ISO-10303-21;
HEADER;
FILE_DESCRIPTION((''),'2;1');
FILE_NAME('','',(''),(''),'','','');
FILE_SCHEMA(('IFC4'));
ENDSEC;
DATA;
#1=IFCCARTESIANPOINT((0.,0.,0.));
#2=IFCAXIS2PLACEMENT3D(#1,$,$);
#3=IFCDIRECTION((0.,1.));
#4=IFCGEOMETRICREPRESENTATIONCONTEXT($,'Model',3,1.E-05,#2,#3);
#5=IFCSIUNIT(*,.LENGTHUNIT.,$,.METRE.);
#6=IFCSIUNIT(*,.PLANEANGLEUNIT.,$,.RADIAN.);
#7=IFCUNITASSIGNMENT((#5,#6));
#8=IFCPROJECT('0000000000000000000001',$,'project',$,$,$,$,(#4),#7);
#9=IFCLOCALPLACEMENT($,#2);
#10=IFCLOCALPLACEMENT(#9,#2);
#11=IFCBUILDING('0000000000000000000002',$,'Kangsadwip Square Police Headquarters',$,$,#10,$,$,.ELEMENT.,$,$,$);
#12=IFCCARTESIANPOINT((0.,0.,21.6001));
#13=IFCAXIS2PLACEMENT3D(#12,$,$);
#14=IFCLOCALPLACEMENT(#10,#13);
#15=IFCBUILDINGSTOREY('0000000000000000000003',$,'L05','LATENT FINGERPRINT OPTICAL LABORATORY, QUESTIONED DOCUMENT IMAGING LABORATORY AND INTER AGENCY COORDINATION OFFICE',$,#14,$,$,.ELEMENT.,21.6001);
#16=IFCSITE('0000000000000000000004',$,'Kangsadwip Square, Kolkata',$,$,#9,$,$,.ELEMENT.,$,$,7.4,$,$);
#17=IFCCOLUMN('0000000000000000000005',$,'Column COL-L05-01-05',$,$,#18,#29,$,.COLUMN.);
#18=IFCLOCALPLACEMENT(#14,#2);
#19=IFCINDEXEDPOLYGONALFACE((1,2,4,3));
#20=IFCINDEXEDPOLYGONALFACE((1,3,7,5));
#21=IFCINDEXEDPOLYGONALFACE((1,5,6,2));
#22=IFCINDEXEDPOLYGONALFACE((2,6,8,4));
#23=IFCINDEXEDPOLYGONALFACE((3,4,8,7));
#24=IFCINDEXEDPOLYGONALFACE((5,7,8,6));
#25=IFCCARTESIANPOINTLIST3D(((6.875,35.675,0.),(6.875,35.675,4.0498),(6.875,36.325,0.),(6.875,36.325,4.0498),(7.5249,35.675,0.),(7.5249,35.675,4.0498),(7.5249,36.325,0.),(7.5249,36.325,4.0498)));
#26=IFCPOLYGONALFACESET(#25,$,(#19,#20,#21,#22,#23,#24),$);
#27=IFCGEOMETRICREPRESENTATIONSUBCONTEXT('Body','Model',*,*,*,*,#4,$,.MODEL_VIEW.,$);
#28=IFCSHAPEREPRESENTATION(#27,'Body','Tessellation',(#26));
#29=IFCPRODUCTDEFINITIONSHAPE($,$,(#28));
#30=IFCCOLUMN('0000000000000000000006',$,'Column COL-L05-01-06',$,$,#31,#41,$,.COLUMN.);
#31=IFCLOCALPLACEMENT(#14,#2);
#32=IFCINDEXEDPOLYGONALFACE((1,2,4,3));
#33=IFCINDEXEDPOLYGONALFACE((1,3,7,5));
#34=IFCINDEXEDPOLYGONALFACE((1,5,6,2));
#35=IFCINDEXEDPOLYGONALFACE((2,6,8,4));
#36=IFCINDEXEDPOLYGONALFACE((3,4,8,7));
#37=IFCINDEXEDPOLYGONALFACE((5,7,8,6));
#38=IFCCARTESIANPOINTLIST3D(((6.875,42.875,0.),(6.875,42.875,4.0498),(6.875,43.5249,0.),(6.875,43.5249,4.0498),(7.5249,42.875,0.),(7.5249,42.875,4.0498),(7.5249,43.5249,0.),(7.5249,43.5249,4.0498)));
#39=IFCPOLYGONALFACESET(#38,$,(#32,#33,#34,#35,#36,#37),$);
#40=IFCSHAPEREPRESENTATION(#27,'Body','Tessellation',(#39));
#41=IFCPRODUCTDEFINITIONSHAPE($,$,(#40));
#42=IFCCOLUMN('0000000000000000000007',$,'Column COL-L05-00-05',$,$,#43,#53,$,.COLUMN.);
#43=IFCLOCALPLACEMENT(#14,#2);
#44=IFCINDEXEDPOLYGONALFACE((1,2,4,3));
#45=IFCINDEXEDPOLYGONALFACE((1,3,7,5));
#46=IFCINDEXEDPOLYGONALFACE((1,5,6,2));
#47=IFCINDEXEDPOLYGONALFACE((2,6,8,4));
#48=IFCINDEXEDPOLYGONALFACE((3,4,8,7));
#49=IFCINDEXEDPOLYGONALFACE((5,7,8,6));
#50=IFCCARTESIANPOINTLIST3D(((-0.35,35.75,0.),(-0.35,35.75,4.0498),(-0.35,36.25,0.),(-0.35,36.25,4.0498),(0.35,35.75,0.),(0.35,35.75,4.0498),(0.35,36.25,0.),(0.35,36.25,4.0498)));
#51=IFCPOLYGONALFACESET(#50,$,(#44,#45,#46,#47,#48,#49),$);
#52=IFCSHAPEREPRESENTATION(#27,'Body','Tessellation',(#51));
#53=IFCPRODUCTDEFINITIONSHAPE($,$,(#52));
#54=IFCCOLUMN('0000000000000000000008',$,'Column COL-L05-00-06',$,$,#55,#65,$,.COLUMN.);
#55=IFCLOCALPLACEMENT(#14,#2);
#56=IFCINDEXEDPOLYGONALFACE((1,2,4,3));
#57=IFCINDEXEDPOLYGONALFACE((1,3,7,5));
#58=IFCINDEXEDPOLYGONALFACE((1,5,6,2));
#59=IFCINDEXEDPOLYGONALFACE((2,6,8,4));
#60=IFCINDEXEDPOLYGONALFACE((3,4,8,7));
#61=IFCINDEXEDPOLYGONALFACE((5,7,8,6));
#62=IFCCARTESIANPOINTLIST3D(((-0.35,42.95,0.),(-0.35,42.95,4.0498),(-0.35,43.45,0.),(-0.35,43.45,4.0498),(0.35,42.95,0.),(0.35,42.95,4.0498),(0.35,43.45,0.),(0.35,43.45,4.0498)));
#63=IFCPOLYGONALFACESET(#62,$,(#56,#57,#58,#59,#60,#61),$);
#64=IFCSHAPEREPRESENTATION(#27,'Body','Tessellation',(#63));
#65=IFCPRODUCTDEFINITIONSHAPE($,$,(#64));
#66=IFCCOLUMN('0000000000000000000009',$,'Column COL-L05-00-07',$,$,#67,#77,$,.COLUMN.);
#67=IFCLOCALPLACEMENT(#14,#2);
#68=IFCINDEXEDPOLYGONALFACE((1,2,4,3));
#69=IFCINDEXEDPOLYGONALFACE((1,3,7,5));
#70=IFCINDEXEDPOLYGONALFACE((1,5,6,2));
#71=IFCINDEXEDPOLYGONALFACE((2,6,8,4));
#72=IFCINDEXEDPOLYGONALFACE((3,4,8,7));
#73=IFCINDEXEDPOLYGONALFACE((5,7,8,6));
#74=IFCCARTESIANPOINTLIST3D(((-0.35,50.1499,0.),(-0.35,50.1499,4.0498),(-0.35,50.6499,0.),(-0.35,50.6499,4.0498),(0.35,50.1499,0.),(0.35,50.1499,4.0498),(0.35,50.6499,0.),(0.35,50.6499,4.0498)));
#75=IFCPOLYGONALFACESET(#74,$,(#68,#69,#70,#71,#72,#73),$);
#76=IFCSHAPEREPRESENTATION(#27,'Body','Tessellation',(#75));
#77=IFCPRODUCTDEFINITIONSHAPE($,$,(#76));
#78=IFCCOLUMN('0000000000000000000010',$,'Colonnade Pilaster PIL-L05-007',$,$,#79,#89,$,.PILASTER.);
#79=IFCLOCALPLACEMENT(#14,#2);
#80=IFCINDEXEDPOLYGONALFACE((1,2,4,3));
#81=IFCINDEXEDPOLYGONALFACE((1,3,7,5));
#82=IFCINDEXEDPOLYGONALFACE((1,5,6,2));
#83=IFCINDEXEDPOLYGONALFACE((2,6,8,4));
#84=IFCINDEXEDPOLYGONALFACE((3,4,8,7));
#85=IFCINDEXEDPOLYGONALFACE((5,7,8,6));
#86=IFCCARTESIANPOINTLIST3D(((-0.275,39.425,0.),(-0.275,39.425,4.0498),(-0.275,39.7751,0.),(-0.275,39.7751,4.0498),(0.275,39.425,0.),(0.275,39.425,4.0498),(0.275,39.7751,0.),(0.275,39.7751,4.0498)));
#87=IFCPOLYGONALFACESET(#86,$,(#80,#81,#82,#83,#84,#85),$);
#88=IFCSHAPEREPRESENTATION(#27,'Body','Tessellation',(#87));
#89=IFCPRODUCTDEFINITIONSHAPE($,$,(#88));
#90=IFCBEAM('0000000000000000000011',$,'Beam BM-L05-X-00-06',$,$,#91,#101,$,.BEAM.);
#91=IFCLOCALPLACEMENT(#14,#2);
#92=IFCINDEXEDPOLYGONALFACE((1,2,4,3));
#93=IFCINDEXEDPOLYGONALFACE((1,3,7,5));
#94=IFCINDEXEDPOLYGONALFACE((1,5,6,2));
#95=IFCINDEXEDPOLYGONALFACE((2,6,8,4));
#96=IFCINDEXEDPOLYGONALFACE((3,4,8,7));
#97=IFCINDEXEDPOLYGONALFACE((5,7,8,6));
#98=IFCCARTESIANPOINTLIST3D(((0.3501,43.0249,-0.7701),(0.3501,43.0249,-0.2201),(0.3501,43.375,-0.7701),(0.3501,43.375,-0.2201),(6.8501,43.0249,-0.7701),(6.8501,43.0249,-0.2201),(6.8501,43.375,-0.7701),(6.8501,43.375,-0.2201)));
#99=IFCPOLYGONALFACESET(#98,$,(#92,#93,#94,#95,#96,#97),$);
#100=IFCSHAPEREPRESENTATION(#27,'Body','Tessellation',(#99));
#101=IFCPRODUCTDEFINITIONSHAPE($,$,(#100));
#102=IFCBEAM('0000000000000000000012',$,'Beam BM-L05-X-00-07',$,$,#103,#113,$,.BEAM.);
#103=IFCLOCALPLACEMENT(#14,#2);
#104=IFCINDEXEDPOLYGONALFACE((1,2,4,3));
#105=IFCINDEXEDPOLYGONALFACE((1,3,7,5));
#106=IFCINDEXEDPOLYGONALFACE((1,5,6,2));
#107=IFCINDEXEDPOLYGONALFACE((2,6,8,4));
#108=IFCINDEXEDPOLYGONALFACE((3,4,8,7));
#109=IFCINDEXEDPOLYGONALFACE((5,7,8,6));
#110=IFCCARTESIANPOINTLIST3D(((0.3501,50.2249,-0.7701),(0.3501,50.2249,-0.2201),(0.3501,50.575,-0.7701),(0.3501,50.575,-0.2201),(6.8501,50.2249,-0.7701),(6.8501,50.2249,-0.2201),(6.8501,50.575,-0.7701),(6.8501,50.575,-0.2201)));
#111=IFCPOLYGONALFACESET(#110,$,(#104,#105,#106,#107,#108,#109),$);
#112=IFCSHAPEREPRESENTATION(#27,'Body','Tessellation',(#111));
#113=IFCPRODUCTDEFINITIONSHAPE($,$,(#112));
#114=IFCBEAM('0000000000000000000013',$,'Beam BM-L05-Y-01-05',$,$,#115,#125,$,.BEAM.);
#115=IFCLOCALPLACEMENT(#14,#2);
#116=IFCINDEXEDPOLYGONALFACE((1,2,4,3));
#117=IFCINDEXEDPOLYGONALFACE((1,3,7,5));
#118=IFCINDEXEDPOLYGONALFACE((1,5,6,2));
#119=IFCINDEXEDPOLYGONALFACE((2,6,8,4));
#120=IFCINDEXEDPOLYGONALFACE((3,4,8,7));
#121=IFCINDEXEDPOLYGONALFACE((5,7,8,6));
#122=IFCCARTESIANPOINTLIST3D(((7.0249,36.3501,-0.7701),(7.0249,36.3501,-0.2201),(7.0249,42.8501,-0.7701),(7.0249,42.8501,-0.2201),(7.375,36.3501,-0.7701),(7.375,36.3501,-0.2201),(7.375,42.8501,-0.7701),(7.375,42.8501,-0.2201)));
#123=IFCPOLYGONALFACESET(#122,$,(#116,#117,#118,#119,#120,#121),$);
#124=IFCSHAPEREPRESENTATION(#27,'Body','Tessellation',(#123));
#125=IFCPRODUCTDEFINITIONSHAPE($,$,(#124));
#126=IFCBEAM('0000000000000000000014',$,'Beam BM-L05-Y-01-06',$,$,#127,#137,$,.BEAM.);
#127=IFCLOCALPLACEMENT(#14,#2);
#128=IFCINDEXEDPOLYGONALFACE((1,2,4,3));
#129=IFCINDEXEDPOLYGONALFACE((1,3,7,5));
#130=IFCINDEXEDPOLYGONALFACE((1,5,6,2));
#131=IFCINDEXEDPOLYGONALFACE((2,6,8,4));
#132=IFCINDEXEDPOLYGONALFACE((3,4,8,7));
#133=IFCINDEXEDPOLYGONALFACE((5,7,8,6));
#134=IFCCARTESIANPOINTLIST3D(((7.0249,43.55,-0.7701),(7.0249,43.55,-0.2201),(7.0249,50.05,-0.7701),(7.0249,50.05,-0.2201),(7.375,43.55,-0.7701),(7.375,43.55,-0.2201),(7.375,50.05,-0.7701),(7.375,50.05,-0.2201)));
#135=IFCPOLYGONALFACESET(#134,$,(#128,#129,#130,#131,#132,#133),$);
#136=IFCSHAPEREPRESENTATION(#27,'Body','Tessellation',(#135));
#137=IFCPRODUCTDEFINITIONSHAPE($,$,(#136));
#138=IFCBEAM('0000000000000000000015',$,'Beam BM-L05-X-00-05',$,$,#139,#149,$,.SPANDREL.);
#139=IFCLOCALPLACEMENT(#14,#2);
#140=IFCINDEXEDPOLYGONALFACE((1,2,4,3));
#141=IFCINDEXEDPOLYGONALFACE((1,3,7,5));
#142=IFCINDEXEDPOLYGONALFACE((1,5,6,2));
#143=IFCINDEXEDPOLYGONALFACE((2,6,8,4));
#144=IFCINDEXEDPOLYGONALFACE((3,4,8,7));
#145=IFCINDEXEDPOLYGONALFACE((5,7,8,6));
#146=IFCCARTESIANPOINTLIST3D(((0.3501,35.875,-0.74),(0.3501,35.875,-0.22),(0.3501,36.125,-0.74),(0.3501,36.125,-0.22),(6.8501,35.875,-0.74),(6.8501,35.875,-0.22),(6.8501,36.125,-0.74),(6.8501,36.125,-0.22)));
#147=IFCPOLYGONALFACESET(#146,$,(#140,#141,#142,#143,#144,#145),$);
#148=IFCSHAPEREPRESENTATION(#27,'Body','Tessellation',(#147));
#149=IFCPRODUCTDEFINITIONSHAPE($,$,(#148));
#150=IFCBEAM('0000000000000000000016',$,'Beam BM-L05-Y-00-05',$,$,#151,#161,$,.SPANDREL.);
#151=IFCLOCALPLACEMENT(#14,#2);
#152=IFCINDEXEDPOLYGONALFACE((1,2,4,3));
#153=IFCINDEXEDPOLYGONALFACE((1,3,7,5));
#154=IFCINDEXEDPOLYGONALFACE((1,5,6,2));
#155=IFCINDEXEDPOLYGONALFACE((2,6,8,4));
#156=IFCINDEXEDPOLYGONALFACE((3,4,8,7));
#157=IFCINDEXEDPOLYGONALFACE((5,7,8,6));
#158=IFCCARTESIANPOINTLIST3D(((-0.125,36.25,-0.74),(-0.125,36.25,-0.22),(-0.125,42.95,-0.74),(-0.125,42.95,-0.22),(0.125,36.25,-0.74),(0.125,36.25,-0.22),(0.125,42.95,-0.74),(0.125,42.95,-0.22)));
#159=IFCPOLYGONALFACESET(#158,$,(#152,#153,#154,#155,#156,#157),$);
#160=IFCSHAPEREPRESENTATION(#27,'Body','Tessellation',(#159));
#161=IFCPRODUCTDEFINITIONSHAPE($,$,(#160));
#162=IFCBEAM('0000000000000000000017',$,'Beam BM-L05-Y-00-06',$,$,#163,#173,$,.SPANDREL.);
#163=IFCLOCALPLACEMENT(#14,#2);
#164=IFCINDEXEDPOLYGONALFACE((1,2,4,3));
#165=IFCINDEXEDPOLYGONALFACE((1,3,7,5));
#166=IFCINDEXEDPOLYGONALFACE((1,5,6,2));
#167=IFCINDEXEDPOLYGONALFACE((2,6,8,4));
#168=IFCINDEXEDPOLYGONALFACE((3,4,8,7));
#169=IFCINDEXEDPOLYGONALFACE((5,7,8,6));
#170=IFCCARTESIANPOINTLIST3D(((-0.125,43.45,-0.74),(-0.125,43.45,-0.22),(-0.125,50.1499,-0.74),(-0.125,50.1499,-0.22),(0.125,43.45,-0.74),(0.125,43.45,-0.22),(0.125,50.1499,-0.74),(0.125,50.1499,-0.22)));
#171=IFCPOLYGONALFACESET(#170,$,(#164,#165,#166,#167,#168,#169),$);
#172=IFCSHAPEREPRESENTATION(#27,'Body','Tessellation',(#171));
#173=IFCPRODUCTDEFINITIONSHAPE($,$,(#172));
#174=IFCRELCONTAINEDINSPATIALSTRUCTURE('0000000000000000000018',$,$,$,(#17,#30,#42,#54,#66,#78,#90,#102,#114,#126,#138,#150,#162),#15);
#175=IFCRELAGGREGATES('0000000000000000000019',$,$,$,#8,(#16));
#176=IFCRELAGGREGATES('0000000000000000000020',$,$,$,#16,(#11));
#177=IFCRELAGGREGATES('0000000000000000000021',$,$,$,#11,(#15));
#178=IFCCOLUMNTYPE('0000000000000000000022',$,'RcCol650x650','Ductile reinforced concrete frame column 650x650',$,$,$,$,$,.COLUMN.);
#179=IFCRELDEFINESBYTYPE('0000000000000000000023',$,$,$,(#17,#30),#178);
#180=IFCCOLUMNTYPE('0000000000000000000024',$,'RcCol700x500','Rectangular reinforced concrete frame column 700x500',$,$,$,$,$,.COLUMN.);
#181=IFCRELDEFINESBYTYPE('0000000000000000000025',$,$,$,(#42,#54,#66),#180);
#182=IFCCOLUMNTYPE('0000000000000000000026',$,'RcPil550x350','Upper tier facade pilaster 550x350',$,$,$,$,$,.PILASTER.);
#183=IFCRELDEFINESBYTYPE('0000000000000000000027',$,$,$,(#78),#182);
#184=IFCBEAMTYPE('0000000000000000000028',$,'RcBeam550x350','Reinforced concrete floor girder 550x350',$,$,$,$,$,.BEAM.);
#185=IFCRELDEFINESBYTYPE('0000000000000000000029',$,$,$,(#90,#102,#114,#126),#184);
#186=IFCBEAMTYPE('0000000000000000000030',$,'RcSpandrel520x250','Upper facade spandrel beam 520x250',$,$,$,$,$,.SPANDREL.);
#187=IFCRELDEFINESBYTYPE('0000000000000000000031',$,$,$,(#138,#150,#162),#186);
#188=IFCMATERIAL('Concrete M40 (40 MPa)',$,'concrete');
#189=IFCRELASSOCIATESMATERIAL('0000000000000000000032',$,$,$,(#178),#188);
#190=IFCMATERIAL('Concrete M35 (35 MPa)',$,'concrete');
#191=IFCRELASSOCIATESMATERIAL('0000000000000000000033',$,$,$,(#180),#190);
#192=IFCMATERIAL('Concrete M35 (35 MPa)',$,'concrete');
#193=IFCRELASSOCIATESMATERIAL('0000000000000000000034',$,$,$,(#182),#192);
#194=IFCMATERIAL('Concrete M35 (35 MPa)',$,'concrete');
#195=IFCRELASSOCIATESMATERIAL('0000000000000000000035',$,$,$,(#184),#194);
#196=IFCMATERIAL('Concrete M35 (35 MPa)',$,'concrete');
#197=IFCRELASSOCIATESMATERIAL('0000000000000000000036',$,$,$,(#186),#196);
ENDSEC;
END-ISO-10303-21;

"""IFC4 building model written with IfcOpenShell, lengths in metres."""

from ifc_helpers import new_model, si_unit, direction, frame, origin, origin_2d, place, context, subcontext, project, spatial, rectangle, extrude, material, material_profile, profile_set, type_object, element, save


model = new_model("IFC4")

# Units and contexts
model_context = context("Model", 3, precision=1e-05, world=origin(), true_north=direction((0.0, 1.0)))
body_context = subcontext(model_context, "Body", "Model", "MODEL_VIEW")
ifc_project = project(units=[si_unit("LENGTHUNIT", "METRE"), si_unit("PLANEANGLEUNIT", "RADIAN")], contexts=[model_context])

# Site, building, storey
site_placement = place(None, origin())
site = spatial("IfcSite", under=ifc_project, at=site_placement, Name="Kangsadwip Square, Kolkata", CompositionType="ELEMENT", RefElevation=7.4)
building_placement = place(site_placement, origin())
building = spatial("IfcBuilding", under=site, at=building_placement, Name="Kangsadwip Square Police Headquarters", CompositionType="ELEMENT")
storey_placement = place(building_placement, frame((0.0, 0.0, 21.6001)))
storey = spatial("IfcBuildingStorey", under=building, at=storey_placement, Name="L05", Description="LATENT FINGERPRINT OPTICAL LABORATORY, QUESTIONED DOCUMENT IMAGING LABORATORY AND INTER AGENCY COORDINATION OFFICE", CompositionType="ELEMENT", Elevation=21.6001)

# Columns
ifc_material_1 = material(Name="Concrete M40 (40 MPa)", Category="concrete")
ifc_material_profile_1 = material_profile(ifc_material_1, rectangle(XDim=0.6499, YDim=0.6499, at=origin_2d()), Name="RC COL 650X650")
ifc_profile_set_1 = profile_set([ifc_material_profile_1], Name="Concrete M40 (40 MPa)")
column_type_1 = type_object("IfcColumnType", Name="RcCol650x650", Description="Ductile reinforced concrete frame column 650x650", PredefinedType="COLUMN", material=ifc_profile_set_1)
for number, where, z_axis, x_axis, name in (
    (1, (7.2, 36.0, 0.0), (0.0, 0.0, 1.0), (1.0, 0.0, 0.0), "Column COL-L05-01-05"),
    (2, (7.2, 43.2, 0.0), (0.0, 0.0, 1.0), (1.0, 0.0, 0.0), "Column COL-L05-01-06"),
):
    element("IfcColumn", number, at=place(storey_placement, frame(where, z_axis=z_axis, x_axis=x_axis)), inside=storey, type_object=column_type_1, Name=name, PredefinedType="COLUMN", context=body_context, shape_type="SweptSolid", body=[
        extrude(rectangle(XDim=0.6499, YDim=0.6499, at=origin_2d()), origin(), (0.0, 0.0, 1.0), 4.0498),
    ])
ifc_material_2 = material(Name="Concrete M35 (35 MPa)", Category="concrete")
ifc_material_profile_2 = material_profile(ifc_material_2, rectangle(XDim=0.5, YDim=0.7, at=origin_2d()), Name="RC COL 700X500")
ifc_profile_set_2 = profile_set([ifc_material_profile_2], Name="Concrete M35 (35 MPa)")
column_type_2 = type_object("IfcColumnType", Name="RcCol700x500", Description="Rectangular reinforced concrete frame column 700x500", PredefinedType="COLUMN", material=ifc_profile_set_2)
for number, where, z_axis, x_axis, name in (
    (3, (0.0, 36.0, 0.0), (0.0, 0.0, 1.0), (0.0, 1.0, 0.0), "Column COL-L05-00-05"),
    (4, (0.0, 43.2, 0.0), (0.0, 0.0, 1.0), (0.0, 1.0, 0.0), "Column COL-L05-00-06"),
    (5, (0.0, 50.3999, 0.0), (0.0, 0.0, 1.0), (0.0, 1.0, 0.0), "Column COL-L05-00-07"),
):
    element("IfcColumn", number, at=place(storey_placement, frame(where, z_axis=z_axis, x_axis=x_axis)), inside=storey, type_object=column_type_2, Name=name, PredefinedType="COLUMN", context=body_context, shape_type="SweptSolid", body=[
        extrude(rectangle(XDim=0.5, YDim=0.7, at=origin_2d()), origin(), (0.0, 0.0, 1.0), 4.0498),
    ])
ifc_material_3 = material(Name="Concrete M35 (35 MPa)", Category="concrete")
ifc_material_profile_3 = material_profile(ifc_material_3, rectangle(XDim=0.3501, YDim=0.55, at=origin_2d()), Name="RC PIL 550X350")
ifc_profile_set_3 = profile_set([ifc_material_profile_3], Name="Concrete M35 (35 MPa)")
column_type_3 = type_object("IfcColumnType", Name="RcPil550x350", Description="Upper tier facade pilaster 550x350", PredefinedType="PILASTER", material=ifc_profile_set_3)
column_placement = place(storey_placement, frame((0.0, 39.6001, 0.0), z_axis=(0.0, 0.0, 1.0), x_axis=(0.0, 1.0, 0.0)))
element("IfcColumn", 6, at=column_placement, inside=storey, type_object=column_type_3, Name="Colonnade Pilaster PIL-L05-007", PredefinedType="PILASTER", context=body_context, shape_type="SweptSolid", body=[
    extrude(rectangle(XDim=0.3501, YDim=0.55, at=origin_2d()), origin(), (0.0, 0.0, 1.0), 4.0498),
])

# Beams
ifc_material_4 = material(Name="Concrete M35 (35 MPa)", Category="concrete")
ifc_material_profile_4 = material_profile(ifc_material_4, rectangle(XDim=0.3501, YDim=0.55, at=origin_2d()), Name="RC BM 550X350")
ifc_profile_set_4 = profile_set([ifc_material_profile_4], Name="Concrete M35 (35 MPa)")
beam_type_1 = type_object("IfcBeamType", Name="RcBeam550x350", Description="Reinforced concrete floor girder 550x350", PredefinedType="BEAM", material=ifc_profile_set_4)
for number, where, z_axis, x_axis, name in (
    (7, (0.3501, 43.2, -0.4951), (1.0, 0.0, 0.0), (0.0, 1.0, 0.0), "Beam BM-L05-X-00-06"),
    (8, (0.3501, 50.3999, -0.4951), (1.0, 0.0, 0.0), (0.0, 1.0, 0.0), "Beam BM-L05-X-00-07"),
    (9, (7.2, 36.3501, -0.4951), (0.0, 1.0, 0.0), (-1.0, 0.0, 0.0), "Beam BM-L05-Y-01-05"),
    (10, (7.2, 43.55, -0.4951), (0.0, 1.0, 0.0), (-1.0, 0.0, 0.0), "Beam BM-L05-Y-01-06"),
):
    element("IfcBeam", number, at=place(storey_placement, frame(where, z_axis=z_axis, x_axis=x_axis)), inside=storey, type_object=beam_type_1, Name=name, PredefinedType="BEAM", context=body_context, shape_type="SweptSolid", body=[
        extrude(rectangle(XDim=0.3501, YDim=0.55, at=origin_2d()), origin(), (0.0, 0.0, 1.0), 6.5),
    ])
ifc_material_5 = material(Name="Concrete M35 (35 MPa)", Category="concrete")
ifc_material_profile_5 = material_profile(ifc_material_5, rectangle(XDim=0.25, YDim=0.52, at=origin_2d()), Name="RC SPN 520X250")
ifc_profile_set_5 = profile_set([ifc_material_profile_5], Name="Concrete M35 (35 MPa)")
beam_type_2 = type_object("IfcBeamType", Name="RcSpandrel520x250", Description="Upper facade spandrel beam 520x250", PredefinedType="SPANDREL", material=ifc_profile_set_5)
beam_placement = place(storey_placement, frame((0.3501, 36.0, -0.48), z_axis=(1.0, 0.0, 0.0), x_axis=(0.0, 1.0, 0.0)))
element("IfcBeam", 11, at=beam_placement, inside=storey, type_object=beam_type_2, Name="Beam BM-L05-X-00-05", PredefinedType="SPANDREL", context=body_context, shape_type="SweptSolid", body=[
    extrude(rectangle(XDim=0.25, YDim=0.52, at=origin_2d()), origin(), (0.0, 0.0, 1.0), 6.5),
])
for number, where, z_axis, x_axis, name in (
    (12, (0.0, 36.25, -0.48), (0.0, 1.0, 0.0), (-1.0, 0.0, 0.0), "Beam BM-L05-Y-00-05"),
    (13, (0.0, 43.45, -0.48), (0.0, 1.0, 0.0), (-1.0, 0.0, 0.0), "Beam BM-L05-Y-00-06"),
):
    element("IfcBeam", number, at=place(storey_placement, frame(where, z_axis=z_axis, x_axis=x_axis)), inside=storey, type_object=beam_type_2, Name=name, PredefinedType="SPANDREL", context=body_context, shape_type="SweptSolid", body=[
        extrude(rectangle(XDim=0.25, YDim=0.52, at=origin_2d()), origin(), (0.0, 0.0, 1.0), 6.7),
    ])

save(model, "model.ifc")
